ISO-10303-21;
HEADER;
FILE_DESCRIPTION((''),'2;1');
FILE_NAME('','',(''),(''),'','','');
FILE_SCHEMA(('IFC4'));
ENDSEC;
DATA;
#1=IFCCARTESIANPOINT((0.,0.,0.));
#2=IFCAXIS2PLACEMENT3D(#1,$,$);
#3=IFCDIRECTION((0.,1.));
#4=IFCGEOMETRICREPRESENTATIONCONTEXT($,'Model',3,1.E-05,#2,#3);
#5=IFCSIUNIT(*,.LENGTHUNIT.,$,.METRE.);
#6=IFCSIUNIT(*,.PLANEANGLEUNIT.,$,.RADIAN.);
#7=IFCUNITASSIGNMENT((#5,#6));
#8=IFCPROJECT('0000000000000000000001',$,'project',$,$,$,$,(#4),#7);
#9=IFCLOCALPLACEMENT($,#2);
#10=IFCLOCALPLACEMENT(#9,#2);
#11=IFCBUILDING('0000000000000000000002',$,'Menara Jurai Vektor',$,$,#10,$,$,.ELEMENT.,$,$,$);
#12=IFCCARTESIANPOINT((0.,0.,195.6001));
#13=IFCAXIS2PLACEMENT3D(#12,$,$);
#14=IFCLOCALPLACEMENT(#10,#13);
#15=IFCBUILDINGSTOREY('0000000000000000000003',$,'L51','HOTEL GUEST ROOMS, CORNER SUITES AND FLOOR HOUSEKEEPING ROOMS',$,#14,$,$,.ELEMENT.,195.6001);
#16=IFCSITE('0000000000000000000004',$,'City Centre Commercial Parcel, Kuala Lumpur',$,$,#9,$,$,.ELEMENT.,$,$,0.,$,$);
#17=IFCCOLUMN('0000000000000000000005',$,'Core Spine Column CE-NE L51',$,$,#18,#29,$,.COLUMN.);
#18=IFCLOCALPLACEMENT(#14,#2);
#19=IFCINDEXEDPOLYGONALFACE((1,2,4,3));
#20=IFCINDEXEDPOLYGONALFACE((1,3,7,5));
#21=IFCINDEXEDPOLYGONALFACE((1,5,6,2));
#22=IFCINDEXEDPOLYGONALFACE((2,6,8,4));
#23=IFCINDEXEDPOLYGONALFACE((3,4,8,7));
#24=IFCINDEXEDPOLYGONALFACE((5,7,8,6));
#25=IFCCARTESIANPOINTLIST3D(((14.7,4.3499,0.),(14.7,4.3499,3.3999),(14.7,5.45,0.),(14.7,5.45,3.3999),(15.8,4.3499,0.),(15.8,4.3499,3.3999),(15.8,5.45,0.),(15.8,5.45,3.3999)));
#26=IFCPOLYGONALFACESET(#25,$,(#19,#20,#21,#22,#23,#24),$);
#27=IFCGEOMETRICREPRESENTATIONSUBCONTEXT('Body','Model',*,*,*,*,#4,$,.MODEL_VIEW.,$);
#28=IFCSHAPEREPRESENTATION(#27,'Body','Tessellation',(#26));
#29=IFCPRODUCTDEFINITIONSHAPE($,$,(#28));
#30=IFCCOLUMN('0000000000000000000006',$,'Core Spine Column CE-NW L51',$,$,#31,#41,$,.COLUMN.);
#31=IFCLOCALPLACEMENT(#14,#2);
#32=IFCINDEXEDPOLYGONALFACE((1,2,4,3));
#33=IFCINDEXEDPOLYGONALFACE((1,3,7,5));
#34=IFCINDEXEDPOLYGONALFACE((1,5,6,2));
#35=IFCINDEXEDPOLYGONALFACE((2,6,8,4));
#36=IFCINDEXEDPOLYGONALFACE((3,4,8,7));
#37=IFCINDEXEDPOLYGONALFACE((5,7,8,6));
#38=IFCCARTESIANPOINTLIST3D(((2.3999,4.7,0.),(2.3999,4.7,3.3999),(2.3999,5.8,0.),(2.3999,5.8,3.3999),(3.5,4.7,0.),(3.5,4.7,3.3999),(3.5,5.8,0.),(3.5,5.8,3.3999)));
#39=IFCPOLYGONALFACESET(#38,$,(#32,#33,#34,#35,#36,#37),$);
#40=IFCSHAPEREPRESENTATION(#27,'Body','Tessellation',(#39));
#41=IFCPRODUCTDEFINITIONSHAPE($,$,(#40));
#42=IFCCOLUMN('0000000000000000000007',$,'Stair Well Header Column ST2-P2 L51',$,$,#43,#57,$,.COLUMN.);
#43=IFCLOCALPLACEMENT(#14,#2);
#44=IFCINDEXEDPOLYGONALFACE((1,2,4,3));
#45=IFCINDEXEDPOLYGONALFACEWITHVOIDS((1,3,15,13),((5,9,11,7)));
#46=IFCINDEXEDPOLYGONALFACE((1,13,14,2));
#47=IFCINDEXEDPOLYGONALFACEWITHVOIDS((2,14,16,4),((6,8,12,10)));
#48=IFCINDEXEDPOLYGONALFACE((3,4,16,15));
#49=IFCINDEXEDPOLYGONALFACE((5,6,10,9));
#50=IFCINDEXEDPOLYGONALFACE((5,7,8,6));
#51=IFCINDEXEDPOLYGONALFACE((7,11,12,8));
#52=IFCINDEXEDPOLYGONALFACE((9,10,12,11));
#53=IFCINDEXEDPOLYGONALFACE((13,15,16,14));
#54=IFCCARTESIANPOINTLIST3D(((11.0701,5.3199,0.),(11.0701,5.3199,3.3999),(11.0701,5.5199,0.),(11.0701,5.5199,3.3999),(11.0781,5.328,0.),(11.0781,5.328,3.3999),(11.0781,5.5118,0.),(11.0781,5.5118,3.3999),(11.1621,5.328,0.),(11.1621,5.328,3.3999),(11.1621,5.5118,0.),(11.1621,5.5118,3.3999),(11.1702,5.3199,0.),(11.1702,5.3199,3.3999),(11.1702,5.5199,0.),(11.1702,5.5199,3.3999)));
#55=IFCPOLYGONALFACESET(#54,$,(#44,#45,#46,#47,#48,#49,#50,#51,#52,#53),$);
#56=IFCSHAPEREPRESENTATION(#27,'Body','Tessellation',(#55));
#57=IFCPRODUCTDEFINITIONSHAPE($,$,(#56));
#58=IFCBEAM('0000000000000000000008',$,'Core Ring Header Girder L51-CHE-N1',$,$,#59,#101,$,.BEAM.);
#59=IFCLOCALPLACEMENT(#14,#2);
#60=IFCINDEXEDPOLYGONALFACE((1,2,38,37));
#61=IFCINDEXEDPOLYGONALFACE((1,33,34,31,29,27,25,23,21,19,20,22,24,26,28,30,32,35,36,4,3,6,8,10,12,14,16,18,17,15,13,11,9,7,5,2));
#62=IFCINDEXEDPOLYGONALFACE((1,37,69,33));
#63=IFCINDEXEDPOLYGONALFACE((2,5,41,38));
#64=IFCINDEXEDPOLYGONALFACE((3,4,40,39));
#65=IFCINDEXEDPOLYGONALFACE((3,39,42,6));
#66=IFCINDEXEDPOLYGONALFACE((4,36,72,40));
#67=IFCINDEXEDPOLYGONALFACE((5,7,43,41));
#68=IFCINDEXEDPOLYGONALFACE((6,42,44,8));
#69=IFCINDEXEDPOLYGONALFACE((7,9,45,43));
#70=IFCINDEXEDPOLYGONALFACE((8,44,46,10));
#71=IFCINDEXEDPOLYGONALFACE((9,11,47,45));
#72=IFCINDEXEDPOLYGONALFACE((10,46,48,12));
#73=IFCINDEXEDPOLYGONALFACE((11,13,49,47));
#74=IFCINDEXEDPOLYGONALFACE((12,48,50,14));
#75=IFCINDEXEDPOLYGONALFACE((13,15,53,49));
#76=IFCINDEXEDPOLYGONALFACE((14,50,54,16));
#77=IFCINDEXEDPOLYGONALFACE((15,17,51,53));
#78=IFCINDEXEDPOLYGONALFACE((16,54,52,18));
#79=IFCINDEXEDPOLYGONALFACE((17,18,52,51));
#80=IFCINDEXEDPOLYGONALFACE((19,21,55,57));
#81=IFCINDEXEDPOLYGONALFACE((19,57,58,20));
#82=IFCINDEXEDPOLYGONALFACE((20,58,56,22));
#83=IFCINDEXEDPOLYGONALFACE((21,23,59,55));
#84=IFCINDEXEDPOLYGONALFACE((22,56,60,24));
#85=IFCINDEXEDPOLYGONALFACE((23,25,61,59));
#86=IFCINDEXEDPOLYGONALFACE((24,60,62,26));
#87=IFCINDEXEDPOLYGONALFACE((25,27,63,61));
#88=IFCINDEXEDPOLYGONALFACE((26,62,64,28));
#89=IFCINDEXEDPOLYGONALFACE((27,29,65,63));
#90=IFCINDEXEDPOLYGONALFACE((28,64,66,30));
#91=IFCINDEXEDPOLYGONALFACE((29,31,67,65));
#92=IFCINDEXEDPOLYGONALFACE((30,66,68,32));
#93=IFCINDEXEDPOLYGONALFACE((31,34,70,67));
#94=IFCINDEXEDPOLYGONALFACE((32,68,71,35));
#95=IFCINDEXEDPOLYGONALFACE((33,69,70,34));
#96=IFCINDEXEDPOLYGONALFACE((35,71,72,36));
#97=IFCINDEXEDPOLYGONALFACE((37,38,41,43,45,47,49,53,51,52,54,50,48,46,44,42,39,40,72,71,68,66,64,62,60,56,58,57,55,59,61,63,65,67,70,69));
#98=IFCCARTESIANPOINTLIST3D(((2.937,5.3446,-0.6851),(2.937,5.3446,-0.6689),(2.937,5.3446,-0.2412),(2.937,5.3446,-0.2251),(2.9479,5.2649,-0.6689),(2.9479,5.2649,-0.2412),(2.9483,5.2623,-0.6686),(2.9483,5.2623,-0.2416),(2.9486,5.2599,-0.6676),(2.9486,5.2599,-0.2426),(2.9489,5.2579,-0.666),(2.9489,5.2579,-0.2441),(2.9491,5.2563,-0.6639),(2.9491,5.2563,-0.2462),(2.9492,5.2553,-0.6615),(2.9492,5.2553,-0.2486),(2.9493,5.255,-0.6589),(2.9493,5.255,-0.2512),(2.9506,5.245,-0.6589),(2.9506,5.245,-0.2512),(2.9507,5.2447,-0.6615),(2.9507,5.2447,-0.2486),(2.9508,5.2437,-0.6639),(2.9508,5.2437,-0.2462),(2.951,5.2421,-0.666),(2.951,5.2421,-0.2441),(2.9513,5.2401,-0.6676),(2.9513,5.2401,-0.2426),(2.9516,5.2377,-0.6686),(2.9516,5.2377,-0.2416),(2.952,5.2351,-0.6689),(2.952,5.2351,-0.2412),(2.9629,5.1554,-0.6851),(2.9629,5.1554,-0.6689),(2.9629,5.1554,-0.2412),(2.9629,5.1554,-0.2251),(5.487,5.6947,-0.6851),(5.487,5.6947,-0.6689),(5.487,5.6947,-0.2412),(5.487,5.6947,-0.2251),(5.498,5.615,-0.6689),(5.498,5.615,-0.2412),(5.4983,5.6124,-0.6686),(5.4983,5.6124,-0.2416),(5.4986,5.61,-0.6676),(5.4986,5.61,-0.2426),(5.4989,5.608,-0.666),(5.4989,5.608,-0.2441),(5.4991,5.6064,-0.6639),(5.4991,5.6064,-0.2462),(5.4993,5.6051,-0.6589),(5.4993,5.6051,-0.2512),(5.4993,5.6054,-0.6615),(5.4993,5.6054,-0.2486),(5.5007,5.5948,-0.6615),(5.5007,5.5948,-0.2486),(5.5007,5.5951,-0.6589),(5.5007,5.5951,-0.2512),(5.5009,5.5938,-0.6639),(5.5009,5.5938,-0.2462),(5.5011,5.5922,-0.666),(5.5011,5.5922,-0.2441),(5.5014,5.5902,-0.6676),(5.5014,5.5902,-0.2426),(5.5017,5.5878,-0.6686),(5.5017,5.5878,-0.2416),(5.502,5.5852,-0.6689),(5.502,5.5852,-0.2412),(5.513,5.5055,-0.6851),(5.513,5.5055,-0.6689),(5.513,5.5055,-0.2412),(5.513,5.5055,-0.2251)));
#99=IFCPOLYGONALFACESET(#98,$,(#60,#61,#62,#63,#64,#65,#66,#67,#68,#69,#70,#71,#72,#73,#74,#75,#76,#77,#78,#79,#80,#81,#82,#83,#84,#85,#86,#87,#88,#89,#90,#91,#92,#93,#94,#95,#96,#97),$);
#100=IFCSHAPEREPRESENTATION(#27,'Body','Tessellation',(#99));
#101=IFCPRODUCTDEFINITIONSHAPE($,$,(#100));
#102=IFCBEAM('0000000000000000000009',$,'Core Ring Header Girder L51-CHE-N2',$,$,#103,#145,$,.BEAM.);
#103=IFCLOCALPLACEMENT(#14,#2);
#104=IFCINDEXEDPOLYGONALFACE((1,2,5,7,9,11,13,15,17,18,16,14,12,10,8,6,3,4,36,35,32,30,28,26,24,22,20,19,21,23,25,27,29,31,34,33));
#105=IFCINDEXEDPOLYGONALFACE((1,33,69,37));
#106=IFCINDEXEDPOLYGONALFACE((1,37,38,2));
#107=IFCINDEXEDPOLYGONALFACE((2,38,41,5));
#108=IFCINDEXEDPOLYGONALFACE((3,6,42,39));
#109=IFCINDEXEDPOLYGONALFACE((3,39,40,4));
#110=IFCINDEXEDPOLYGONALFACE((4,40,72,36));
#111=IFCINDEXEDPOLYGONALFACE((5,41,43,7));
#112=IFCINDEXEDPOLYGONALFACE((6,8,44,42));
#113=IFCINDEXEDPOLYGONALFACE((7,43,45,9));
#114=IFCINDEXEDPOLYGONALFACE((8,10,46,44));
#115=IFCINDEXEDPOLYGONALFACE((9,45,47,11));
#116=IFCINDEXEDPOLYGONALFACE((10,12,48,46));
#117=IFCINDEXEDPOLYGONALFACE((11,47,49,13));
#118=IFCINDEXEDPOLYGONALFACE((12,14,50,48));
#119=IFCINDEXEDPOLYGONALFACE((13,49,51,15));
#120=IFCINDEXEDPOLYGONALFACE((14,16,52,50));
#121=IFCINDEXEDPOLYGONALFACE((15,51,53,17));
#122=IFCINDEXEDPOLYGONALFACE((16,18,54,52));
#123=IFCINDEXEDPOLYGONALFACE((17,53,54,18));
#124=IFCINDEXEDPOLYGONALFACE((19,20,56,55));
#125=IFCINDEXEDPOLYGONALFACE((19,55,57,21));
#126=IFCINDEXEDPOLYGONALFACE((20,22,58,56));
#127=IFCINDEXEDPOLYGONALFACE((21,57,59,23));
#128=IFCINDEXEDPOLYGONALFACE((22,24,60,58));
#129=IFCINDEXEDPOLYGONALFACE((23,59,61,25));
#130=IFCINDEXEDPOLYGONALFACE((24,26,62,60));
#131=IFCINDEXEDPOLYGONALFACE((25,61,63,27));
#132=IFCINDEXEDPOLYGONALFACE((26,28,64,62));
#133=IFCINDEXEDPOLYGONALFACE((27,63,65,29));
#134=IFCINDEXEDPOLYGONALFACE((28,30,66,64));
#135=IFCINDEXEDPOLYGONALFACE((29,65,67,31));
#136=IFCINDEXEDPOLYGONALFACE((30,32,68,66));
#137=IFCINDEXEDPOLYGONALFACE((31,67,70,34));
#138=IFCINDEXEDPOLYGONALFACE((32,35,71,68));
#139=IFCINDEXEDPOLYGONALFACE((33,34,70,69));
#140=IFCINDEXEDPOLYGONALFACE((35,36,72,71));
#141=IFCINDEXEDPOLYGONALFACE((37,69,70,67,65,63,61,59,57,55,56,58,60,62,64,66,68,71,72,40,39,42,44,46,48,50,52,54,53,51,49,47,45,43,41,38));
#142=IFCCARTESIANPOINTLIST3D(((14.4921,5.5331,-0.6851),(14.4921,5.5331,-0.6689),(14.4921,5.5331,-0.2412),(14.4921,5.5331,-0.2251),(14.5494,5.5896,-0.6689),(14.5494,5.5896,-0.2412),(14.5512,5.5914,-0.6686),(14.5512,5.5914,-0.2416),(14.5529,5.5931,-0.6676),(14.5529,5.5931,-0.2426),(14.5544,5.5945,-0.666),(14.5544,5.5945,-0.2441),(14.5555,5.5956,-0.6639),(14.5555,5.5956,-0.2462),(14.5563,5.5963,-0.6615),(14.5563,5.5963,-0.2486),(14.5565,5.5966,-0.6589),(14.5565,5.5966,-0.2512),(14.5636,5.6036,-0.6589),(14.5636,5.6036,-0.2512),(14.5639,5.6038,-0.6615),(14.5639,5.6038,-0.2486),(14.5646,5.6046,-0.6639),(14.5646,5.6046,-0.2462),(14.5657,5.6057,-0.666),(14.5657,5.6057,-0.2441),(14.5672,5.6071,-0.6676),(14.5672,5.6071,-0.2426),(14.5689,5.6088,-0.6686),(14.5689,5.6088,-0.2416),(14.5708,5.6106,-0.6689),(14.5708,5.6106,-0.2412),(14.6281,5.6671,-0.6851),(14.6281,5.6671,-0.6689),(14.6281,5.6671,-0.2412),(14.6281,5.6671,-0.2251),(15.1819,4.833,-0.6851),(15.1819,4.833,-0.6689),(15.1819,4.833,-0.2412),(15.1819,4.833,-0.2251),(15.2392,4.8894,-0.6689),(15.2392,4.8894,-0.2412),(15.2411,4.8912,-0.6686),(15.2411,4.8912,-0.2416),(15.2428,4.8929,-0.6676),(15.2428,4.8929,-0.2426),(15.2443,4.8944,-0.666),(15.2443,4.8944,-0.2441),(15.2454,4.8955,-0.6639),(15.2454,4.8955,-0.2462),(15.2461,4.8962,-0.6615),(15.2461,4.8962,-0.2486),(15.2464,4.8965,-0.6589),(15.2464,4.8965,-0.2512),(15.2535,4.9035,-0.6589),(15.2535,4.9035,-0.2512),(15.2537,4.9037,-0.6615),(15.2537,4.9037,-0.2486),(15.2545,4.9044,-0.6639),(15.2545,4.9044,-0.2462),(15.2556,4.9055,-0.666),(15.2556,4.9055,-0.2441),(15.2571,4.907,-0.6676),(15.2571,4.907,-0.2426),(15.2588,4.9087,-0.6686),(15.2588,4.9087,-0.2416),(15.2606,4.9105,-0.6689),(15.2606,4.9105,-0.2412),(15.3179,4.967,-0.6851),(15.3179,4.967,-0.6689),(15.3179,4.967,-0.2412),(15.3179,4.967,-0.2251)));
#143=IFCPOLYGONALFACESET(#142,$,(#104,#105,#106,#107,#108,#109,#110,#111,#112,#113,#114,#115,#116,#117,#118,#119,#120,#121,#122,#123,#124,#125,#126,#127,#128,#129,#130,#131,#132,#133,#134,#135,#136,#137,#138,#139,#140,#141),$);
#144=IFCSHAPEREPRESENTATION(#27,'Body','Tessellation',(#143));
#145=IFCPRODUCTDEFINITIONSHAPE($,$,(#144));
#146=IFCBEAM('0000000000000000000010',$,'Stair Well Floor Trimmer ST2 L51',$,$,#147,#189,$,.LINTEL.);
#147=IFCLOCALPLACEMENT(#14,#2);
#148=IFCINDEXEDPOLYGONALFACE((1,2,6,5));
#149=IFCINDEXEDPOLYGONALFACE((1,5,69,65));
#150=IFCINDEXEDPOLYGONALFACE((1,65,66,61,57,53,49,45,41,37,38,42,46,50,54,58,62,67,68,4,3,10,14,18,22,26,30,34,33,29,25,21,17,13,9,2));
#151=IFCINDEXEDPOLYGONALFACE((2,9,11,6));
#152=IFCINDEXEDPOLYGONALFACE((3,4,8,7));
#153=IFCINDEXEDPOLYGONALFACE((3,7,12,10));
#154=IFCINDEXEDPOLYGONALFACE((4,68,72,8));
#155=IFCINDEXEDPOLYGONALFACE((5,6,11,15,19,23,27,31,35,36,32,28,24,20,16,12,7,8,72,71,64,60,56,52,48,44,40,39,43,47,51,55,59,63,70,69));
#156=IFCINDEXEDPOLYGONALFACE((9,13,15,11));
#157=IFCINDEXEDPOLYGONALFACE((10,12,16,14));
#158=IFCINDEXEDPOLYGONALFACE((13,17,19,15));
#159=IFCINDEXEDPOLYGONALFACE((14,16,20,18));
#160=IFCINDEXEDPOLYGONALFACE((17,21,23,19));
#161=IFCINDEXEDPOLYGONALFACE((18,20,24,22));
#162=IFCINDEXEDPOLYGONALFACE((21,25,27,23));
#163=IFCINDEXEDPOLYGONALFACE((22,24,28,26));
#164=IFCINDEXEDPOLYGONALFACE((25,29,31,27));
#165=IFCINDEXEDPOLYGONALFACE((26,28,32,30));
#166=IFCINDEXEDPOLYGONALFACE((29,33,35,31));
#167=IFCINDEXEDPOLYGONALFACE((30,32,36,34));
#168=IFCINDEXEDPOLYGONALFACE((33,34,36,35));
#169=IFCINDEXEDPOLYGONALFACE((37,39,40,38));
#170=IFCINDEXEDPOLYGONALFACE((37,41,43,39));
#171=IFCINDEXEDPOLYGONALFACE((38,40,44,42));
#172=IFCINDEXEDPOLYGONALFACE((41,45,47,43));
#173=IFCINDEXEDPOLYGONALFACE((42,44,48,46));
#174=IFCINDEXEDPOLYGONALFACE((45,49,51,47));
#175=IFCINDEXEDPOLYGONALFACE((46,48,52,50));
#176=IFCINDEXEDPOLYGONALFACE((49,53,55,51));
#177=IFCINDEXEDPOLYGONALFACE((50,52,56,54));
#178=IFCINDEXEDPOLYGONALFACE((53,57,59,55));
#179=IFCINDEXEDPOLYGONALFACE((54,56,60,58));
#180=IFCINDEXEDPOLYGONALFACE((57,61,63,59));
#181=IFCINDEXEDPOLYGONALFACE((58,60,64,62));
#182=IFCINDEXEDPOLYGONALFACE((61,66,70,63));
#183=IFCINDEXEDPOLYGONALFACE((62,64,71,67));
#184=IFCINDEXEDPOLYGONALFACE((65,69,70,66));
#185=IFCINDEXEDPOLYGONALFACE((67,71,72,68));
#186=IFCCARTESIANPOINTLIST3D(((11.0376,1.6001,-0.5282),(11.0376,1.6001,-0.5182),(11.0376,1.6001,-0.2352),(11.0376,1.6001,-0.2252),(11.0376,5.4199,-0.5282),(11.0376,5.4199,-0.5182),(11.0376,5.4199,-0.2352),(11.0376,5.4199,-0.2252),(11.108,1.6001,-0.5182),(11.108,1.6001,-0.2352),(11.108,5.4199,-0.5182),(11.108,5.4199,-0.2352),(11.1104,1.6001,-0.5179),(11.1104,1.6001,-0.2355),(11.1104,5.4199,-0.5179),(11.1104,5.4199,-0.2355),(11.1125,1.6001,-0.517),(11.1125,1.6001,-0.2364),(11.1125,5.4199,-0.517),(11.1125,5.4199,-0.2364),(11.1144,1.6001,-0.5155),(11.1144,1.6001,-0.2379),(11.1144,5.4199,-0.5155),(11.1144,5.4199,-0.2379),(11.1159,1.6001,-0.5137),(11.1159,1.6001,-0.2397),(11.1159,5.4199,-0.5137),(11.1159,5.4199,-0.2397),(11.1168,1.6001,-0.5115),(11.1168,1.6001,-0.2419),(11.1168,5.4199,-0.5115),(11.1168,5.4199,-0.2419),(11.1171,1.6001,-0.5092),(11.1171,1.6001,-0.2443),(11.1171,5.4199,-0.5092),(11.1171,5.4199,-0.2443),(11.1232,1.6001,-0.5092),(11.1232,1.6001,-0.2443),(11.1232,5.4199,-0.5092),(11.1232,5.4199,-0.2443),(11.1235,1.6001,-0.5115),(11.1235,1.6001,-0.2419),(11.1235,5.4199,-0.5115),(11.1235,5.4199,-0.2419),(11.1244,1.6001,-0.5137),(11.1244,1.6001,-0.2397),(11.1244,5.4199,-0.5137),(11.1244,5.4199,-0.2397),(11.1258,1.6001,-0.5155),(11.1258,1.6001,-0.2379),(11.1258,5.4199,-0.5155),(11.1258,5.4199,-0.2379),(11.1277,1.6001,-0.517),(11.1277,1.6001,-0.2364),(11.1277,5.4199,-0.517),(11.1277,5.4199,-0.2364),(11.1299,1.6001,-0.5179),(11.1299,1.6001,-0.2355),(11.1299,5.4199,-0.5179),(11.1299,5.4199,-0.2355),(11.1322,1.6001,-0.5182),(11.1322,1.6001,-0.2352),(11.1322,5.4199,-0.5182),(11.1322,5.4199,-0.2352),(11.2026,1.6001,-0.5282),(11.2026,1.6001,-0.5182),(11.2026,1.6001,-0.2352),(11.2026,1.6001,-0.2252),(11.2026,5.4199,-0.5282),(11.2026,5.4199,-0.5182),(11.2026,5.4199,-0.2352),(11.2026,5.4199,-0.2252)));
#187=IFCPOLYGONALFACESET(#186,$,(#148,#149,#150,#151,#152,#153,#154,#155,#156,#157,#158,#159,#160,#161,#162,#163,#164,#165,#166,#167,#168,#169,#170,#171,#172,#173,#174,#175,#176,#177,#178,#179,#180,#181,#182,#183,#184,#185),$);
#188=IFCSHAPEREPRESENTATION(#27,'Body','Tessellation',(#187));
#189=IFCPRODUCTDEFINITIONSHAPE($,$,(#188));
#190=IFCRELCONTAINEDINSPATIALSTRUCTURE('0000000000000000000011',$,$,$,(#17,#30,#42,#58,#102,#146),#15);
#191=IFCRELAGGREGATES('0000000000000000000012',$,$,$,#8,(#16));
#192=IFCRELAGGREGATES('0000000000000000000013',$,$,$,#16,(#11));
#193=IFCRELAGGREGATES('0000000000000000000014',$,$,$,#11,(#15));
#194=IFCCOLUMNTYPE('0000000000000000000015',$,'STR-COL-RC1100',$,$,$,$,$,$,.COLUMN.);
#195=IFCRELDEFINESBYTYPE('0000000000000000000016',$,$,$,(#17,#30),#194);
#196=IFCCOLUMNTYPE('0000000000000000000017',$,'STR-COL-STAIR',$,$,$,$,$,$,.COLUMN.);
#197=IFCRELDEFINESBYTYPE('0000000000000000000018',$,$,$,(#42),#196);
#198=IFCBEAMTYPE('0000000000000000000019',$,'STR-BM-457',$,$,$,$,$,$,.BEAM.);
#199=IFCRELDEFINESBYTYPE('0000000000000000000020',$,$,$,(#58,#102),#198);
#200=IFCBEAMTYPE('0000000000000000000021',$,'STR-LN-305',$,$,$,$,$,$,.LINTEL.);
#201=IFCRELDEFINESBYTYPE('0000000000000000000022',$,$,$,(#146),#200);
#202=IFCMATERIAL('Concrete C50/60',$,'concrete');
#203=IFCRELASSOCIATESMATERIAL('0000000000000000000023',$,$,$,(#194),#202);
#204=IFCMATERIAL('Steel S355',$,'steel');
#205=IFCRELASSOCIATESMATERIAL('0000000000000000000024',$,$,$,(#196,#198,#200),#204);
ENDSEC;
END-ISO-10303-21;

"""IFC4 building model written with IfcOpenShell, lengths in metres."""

from ifc_helpers import new_model, si_unit, direction, frame, origin, origin_2d, place, context, subcontext, project, spatial, rectangle, hollow_rectangle, i_section, extrude, material, material_profile, profile_set, type_object, element, save


model = new_model("IFC4")

# Units and contexts
model_context = context("Model", 3, precision=1e-05, world=origin(), true_north=direction((0.0, 1.0)))
body_context = subcontext(model_context, "Body", "Model", "MODEL_VIEW")
ifc_project = project(units=[si_unit("LENGTHUNIT", "METRE"), si_unit("PLANEANGLEUNIT", "RADIAN")], contexts=[model_context])

# Site, building, storey
site_placement = place(None, origin())
site = spatial("IfcSite", under=ifc_project, at=site_placement, Name="City Centre Commercial Parcel, Kuala Lumpur", CompositionType="ELEMENT", RefElevation=0.0)
building_placement = place(site_placement, origin())
building = spatial("IfcBuilding", under=site, at=building_placement, Name="Menara Jurai Vektor", CompositionType="ELEMENT")
storey_placement = place(building_placement, frame((0.0, 0.0, 195.6001)))
storey = spatial("IfcBuildingStorey", under=building, at=storey_placement, Name="L51", Description="HOTEL GUEST ROOMS, CORNER SUITES AND FLOOR HOUSEKEEPING ROOMS", CompositionType="ELEMENT", Elevation=195.6001)

# Columns
ifc_material_1 = material(Name="Concrete C50/60", Category="concrete")
ifc_material_profile_1 = material_profile(ifc_material_1, rectangle(XDim=1.1001, YDim=1.1001, at=origin_2d()), Name="RC 1100x1100")
ifc_profile_set_1 = profile_set([ifc_material_profile_1], Name="Concrete C50/60")
column_type_1 = type_object("IfcColumnType", Name="STR-COL-RC1100", PredefinedType="COLUMN", material=ifc_profile_set_1)
for number, where, z_axis, x_axis, name in (
    (1, (15.25, 4.8999, 0.0), (0.0, 0.0, 1.0), (1.0, 0.0, 0.0), "Core Spine Column CE-NE L51"),
    (2, (2.95, 5.25, 0.0), (0.0, 0.0, 1.0), (1.0, 0.0, 0.0), "Core Spine Column CE-NW L51"),
):
    element("IfcColumn", number, at=place(storey_placement, frame(where, z_axis=z_axis, x_axis=x_axis)), inside=storey, type_object=column_type_1, Name=name, PredefinedType="COLUMN", context=body_context, shape_type="SweptSolid", body=[
        extrude(rectangle(XDim=1.1001, YDim=1.1001, at=origin_2d()), origin(), (0.0, 0.0, 1.0), 3.3999),
    ])
ifc_material_2 = material(Name="Steel S355", Category="steel")
ifc_material_profile_2 = material_profile(ifc_material_2, hollow_rectangle(XDim=0.1001, YDim=0.2, WallThickness=0.0081, at=origin_2d()), Name="RHS 200x100x8")
ifc_profile_set_2 = profile_set([ifc_material_profile_2], Name="Steel S355")
column_type_2 = type_object("IfcColumnType", Name="STR-COL-STAIR", PredefinedType="COLUMN", material=ifc_profile_set_2)
column_placement = place(storey_placement, frame((11.1201, 5.4199, 0.0), z_axis=(0.0, 0.0, 1.0), x_axis=(1.0, 0.0, 0.0)))
element("IfcColumn", 3, at=column_placement, inside=storey, type_object=column_type_2, Name="Stair Well Header Column ST2-P2 L51", PredefinedType="COLUMN", context=body_context, shape_type="SweptSolid", body=[
    extrude(hollow_rectangle(XDim=0.1001, YDim=0.2, WallThickness=0.0081, at=origin_2d()), origin(), (0.0, 0.0, 1.0), 3.3999),
])

# Beams
ifc_material_profile_3 = material_profile(ifc_material_2, i_section(OverallWidth=0.1909, OverallDepth=0.46, WebThickness=0.01, FlangeThickness=0.0161, FilletRadius=0.01, at=origin_2d()), Name="UKB 457x191x82")
ifc_profile_set_3 = profile_set([ifc_material_profile_3], Name="Steel S355")
beam_type_1 = type_object("IfcBeamType", Name="STR-BM-457", PredefinedType="BEAM", material=ifc_profile_set_3)
beam_1_placement = place(storey_placement, frame((2.95, 5.25, -0.4551), z_axis=(0.990707, 0.136015, 0.0), x_axis=(-0.136015, 0.990707, 0.0)))
element("IfcBeam", 4, at=beam_1_placement, inside=storey, type_object=beam_type_1, Name="Core Ring Header Girder L51-CHE-N1", PredefinedType="BEAM", context=body_context, shape_type="SweptSolid", body=[
    extrude(i_section(OverallWidth=0.1909, OverallDepth=0.46, WebThickness=0.01, FlangeThickness=0.0161, FilletRadius=0.01, at=origin_2d()), origin(), (0.0, 0.0, 1.0), 2.574),
])
beam_2_placement = place(storey_placement, frame((14.5601, 5.6001, -0.4551), z_axis=(0.701872, -0.712303, 0.0), x_axis=(0.712303, 0.701872, 0.0)))
element("IfcBeam", 5, at=beam_2_placement, inside=storey, type_object=beam_type_1, Name="Core Ring Header Girder L51-CHE-N2", PredefinedType="BEAM", context=body_context, shape_type="SweptSolid", body=[
    extrude(i_section(OverallWidth=0.1909, OverallDepth=0.46, WebThickness=0.01, FlangeThickness=0.0161, FilletRadius=0.01, at=origin_2d()), origin(), (0.0, 0.0, 1.0), 0.9829),
])
ifc_material_profile_4 = material_profile(ifc_material_2, i_section(OverallWidth=0.165, OverallDepth=0.303, WebThickness=0.0061, FlangeThickness=0.01, FilletRadius=0.009, at=origin_2d()), Name="UKB 305x165x40")
ifc_profile_set_4 = profile_set([ifc_material_profile_4], Name="Steel S355")
beam_type_2 = type_object("IfcBeamType", Name="STR-LN-305", PredefinedType="LINTEL", material=ifc_profile_set_4)
beam_3_placement = place(storey_placement, frame((11.1201, 1.6001, -0.3767), z_axis=(0.0, 1.0, 0.0), x_axis=(-1.0, 0.0, 0.0)))
element("IfcBeam", 6, at=beam_3_placement, inside=storey, type_object=beam_type_2, Name="Stair Well Floor Trimmer ST2 L51", PredefinedType="LINTEL", context=body_context, shape_type="SweptSolid", body=[
    extrude(i_section(OverallWidth=0.165, OverallDepth=0.303, WebThickness=0.0061, FlangeThickness=0.01, FilletRadius=0.009, at=origin_2d()), origin(), (0.0, 0.0, 1.0), 3.8198),
])

save(model, "model.ifc")
